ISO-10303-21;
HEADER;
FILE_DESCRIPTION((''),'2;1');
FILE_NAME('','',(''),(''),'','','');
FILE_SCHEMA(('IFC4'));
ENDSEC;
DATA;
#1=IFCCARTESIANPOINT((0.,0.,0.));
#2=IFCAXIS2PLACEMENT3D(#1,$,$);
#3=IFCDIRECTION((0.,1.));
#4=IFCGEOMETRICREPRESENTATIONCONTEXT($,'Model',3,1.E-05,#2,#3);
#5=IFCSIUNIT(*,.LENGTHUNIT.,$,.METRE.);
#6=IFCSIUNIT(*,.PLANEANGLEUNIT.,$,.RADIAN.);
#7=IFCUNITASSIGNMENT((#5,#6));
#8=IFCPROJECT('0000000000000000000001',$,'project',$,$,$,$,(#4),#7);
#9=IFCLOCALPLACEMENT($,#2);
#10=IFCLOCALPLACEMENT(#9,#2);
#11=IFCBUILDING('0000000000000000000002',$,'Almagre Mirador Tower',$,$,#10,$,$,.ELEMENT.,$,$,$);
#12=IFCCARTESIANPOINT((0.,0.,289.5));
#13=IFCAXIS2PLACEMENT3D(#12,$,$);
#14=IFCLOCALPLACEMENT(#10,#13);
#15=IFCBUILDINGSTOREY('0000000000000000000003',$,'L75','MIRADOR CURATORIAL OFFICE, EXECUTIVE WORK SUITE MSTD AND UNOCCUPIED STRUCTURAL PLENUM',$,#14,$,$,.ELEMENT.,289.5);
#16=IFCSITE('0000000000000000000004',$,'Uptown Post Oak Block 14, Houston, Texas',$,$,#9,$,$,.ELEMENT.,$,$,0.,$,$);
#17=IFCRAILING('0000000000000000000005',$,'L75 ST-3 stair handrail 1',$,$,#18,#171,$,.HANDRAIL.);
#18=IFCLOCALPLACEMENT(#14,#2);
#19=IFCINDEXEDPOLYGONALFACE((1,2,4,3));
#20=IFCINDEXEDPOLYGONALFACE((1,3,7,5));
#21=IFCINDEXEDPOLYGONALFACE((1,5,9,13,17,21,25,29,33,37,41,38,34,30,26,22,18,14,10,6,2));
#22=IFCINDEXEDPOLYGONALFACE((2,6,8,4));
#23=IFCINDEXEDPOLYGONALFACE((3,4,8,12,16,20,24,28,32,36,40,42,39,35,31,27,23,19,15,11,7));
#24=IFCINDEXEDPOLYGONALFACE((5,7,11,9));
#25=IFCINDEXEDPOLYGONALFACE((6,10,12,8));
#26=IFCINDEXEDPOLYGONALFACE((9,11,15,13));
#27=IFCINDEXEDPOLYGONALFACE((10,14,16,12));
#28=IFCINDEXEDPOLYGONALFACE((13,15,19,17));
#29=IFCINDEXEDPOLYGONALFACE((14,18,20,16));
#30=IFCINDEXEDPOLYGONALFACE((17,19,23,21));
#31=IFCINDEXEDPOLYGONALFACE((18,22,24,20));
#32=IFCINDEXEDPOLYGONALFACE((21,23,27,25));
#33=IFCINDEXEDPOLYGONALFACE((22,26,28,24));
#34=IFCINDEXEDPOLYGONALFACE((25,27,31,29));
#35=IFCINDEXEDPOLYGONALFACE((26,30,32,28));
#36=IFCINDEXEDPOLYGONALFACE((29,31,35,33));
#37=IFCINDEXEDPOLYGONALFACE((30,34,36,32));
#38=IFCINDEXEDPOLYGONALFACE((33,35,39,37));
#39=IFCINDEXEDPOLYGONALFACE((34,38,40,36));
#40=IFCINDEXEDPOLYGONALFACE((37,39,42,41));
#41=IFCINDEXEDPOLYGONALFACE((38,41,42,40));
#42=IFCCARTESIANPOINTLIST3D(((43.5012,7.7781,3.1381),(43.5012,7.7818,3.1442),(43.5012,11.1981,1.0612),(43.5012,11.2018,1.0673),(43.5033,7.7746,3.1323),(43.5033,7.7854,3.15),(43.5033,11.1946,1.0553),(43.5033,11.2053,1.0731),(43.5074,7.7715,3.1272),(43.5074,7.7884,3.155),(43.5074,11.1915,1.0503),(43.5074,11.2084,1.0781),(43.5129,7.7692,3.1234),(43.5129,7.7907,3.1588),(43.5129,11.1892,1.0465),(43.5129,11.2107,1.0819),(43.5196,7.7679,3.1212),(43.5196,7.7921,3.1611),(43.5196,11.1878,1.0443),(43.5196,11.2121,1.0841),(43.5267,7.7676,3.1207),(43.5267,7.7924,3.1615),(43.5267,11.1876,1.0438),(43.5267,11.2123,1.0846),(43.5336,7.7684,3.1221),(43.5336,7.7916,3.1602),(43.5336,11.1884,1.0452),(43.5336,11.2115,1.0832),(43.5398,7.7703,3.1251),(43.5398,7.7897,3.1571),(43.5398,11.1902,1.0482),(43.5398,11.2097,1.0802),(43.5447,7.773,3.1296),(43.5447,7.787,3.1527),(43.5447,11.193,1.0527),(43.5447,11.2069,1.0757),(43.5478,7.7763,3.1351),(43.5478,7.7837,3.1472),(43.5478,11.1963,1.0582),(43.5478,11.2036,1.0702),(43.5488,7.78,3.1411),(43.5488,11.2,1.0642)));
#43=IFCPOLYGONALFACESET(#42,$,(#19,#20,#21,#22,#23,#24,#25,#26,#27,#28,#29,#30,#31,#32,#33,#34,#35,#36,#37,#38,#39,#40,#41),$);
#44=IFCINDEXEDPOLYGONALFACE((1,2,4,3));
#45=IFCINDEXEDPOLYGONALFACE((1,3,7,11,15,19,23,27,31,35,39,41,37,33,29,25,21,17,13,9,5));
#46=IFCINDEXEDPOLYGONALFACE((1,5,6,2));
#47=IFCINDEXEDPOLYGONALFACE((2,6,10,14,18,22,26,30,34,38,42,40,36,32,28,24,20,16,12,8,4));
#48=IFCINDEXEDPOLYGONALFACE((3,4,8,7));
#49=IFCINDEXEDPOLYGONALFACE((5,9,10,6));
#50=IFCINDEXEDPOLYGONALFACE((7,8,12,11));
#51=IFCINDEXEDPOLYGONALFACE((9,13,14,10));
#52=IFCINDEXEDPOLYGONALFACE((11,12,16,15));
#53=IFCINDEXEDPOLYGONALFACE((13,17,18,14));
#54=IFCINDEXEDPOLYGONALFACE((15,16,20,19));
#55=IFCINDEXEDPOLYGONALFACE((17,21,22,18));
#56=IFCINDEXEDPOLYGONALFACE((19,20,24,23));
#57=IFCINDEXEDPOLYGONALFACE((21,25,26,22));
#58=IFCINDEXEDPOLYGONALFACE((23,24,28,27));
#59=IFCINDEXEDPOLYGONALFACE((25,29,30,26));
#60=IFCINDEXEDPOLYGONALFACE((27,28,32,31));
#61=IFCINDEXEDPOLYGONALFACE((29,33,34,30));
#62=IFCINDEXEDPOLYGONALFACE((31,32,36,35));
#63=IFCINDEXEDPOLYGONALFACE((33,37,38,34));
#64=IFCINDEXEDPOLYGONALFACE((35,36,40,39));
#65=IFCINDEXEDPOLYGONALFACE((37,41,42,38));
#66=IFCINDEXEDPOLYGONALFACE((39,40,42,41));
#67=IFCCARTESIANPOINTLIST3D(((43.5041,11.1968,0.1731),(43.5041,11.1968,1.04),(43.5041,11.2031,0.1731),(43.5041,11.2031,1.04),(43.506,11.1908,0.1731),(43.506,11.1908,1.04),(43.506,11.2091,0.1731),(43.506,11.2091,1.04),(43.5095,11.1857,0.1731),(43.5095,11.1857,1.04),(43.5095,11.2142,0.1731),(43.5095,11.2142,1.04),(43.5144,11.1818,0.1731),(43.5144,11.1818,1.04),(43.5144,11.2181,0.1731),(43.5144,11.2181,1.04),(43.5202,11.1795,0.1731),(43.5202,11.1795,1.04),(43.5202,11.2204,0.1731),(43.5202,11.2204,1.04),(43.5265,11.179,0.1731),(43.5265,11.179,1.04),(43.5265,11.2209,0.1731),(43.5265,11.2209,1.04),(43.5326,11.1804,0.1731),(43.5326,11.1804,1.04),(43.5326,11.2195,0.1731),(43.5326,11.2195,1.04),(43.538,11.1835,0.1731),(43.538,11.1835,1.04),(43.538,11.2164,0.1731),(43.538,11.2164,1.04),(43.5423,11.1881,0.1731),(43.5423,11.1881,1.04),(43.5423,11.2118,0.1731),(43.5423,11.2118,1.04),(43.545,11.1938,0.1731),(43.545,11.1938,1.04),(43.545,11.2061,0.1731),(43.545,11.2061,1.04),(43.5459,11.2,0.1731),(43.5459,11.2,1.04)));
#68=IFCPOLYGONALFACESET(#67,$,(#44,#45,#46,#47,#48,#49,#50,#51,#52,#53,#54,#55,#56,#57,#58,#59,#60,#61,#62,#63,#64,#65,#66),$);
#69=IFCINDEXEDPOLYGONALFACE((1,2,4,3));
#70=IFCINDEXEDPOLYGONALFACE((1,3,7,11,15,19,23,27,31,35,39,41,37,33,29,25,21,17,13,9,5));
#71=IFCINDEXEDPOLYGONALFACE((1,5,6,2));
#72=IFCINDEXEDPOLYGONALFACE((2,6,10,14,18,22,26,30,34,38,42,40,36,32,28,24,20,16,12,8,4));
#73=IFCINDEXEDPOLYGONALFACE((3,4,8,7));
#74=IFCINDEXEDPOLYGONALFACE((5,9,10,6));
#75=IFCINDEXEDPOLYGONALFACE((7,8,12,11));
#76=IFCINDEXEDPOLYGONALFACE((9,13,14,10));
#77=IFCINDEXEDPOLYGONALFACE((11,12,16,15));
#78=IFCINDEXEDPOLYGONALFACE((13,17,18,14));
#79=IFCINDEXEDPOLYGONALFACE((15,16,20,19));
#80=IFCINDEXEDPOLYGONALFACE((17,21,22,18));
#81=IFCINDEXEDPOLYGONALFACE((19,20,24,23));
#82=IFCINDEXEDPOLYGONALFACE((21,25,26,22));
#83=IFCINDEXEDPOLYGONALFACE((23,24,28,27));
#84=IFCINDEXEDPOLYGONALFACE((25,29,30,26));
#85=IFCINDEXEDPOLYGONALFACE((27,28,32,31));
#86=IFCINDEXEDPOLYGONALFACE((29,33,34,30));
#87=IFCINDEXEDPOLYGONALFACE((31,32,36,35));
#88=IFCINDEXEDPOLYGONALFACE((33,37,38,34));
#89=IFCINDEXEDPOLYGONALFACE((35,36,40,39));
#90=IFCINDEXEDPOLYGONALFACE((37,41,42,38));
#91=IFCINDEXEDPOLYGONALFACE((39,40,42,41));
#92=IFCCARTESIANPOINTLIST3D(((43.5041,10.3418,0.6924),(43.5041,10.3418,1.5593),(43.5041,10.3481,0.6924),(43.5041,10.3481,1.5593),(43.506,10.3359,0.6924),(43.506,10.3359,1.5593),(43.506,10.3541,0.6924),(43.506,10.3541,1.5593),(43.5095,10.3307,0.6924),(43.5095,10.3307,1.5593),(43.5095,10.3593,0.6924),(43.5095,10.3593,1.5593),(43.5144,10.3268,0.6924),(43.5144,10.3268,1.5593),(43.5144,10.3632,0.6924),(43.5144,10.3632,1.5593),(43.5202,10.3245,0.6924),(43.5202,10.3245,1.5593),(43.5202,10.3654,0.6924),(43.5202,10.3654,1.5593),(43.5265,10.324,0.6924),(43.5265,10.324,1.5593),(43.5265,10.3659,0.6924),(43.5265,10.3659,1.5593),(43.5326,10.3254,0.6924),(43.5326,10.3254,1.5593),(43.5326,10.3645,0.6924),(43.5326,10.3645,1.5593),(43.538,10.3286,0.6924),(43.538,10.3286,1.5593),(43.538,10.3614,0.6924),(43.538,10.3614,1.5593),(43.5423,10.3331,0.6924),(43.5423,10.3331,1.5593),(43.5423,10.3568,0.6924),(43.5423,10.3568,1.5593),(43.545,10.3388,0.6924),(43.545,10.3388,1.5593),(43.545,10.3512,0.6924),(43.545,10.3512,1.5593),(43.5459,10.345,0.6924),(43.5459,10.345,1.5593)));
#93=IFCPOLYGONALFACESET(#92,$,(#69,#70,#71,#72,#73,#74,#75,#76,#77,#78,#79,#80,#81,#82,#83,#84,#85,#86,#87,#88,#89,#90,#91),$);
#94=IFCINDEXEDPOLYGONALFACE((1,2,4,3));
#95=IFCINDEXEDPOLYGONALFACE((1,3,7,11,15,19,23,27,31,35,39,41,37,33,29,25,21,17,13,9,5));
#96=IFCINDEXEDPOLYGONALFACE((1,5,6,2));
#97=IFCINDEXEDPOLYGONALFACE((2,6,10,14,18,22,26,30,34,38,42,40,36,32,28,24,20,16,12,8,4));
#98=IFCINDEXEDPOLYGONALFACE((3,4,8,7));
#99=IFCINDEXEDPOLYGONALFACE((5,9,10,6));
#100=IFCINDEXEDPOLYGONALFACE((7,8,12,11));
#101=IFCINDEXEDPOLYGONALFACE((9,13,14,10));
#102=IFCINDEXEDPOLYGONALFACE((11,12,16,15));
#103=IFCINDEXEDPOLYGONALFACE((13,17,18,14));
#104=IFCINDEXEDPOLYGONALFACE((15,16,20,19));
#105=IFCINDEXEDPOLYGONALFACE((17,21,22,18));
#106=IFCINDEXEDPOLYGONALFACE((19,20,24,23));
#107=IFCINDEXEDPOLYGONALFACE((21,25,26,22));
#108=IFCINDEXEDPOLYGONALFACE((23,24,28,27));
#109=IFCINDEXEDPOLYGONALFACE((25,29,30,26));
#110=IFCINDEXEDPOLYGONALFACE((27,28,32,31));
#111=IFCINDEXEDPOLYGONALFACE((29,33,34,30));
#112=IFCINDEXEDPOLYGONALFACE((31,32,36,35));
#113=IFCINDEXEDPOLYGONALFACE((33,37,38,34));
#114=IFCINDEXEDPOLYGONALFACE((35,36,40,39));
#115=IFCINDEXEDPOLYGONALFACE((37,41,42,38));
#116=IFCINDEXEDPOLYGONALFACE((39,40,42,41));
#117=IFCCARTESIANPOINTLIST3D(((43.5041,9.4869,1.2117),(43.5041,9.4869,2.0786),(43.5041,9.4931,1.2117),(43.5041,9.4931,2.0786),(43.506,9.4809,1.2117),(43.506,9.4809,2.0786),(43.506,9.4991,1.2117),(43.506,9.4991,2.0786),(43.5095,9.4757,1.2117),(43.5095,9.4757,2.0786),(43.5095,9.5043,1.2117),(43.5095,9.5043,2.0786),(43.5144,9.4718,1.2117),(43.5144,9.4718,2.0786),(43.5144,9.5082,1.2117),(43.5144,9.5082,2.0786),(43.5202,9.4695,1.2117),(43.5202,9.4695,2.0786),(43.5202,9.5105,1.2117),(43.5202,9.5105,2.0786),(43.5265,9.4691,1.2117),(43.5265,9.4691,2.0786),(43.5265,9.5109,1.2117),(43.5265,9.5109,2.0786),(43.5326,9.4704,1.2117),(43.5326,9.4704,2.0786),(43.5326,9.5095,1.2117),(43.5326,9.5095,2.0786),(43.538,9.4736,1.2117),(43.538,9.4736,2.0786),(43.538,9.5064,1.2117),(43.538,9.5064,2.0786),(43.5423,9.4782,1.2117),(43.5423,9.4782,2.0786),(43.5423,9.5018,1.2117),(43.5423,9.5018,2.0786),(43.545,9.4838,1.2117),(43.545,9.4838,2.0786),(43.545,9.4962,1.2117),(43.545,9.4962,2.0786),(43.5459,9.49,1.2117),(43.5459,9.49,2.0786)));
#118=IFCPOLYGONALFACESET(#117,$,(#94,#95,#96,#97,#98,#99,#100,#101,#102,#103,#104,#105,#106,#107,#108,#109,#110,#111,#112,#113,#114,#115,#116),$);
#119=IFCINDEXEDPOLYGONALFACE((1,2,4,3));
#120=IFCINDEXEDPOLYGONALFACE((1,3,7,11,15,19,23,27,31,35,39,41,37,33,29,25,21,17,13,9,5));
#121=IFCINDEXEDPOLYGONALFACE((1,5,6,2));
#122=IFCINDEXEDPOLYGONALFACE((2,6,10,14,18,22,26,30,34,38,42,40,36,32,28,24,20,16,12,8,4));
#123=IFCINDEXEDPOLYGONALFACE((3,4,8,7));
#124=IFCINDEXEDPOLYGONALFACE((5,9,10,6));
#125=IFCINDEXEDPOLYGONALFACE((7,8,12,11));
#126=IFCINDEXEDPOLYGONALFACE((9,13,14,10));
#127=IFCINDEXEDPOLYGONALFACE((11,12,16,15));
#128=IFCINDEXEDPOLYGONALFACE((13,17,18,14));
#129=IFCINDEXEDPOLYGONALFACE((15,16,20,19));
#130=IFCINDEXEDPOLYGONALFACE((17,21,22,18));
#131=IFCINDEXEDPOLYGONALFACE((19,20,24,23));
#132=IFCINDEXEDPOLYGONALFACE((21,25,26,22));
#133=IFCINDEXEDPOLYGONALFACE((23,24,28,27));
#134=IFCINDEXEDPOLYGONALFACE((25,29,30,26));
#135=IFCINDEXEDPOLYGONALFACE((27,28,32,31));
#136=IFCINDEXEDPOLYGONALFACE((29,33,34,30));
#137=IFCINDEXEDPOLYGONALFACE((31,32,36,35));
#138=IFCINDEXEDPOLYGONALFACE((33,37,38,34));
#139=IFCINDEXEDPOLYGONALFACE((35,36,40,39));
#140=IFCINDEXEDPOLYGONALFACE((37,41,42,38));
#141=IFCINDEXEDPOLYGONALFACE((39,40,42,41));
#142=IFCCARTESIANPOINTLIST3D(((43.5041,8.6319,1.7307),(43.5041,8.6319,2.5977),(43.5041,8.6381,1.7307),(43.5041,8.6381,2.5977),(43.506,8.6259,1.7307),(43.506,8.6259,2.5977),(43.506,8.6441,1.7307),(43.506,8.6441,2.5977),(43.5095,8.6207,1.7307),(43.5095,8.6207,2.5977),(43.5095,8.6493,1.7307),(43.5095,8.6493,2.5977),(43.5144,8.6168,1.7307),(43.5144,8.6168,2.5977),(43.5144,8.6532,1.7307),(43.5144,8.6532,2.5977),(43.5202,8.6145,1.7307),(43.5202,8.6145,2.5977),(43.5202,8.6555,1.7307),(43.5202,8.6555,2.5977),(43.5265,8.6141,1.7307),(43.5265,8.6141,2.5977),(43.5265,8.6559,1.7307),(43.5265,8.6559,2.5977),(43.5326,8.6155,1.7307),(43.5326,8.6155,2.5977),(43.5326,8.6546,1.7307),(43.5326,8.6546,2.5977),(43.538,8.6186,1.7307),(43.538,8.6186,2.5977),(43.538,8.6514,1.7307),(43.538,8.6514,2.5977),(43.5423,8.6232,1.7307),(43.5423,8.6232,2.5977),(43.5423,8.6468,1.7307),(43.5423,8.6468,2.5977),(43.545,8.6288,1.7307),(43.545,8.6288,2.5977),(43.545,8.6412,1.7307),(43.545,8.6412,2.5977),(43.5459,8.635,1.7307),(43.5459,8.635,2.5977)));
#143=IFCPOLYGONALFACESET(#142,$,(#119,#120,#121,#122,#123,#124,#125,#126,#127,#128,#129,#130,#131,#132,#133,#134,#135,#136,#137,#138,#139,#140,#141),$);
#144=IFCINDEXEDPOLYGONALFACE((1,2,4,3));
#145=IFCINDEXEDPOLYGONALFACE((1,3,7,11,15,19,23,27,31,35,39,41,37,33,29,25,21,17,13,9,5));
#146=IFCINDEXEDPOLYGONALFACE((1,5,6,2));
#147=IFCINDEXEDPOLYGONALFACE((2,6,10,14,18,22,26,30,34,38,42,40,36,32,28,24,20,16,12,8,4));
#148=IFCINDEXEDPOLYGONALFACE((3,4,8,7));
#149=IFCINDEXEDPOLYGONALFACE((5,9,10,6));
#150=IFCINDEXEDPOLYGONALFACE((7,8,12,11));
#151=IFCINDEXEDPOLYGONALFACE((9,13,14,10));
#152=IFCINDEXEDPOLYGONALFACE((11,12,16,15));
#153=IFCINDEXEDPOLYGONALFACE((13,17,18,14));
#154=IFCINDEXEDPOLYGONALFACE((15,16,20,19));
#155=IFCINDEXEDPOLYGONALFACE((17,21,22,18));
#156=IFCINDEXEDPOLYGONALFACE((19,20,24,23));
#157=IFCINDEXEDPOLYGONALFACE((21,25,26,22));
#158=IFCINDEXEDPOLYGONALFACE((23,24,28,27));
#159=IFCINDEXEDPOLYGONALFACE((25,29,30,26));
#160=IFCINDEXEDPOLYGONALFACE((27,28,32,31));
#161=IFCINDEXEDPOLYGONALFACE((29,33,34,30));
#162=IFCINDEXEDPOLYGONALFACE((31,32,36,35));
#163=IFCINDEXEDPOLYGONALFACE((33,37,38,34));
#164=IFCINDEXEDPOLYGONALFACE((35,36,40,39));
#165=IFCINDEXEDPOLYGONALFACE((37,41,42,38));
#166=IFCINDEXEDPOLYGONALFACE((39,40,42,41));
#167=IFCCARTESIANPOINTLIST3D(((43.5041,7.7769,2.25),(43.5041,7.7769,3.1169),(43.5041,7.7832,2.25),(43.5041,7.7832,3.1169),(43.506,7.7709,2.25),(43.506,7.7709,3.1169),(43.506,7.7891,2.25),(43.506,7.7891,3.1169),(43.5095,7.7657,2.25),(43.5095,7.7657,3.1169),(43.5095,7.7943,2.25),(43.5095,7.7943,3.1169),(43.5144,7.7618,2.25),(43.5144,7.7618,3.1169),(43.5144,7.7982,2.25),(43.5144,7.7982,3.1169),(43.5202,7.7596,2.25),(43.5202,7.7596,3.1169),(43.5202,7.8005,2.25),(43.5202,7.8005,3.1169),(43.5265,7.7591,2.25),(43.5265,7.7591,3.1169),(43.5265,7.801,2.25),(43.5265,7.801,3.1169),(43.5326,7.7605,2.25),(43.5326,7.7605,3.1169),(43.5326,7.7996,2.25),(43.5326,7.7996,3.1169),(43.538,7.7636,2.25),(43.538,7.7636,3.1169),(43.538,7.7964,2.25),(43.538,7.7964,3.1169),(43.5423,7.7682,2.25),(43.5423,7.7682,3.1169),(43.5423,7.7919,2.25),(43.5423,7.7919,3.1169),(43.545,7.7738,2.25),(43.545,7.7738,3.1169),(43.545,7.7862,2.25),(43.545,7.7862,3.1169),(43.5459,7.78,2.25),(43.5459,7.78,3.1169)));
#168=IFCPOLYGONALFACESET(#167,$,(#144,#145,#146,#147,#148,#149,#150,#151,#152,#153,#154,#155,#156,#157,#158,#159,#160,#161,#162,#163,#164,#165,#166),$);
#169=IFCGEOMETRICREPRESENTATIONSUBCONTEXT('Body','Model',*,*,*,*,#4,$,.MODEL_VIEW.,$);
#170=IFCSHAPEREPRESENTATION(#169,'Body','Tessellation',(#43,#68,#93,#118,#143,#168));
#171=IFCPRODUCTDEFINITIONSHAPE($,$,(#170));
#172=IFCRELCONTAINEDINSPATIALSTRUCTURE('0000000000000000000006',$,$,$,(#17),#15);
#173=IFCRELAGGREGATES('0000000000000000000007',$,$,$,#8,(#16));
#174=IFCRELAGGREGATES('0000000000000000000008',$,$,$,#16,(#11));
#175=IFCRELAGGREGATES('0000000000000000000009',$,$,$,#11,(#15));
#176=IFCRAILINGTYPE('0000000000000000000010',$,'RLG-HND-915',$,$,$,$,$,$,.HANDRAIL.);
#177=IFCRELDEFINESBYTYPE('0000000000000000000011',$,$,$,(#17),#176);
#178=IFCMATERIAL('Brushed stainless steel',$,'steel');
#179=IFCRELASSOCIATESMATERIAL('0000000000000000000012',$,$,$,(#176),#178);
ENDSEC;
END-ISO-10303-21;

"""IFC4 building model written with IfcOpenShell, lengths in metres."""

from ifc_helpers import new_model, si_unit, direction, frame, origin, origin_2d, place, context, subcontext, project, spatial, circle, extrude, material, type_object, element, save


model = new_model("IFC4")

# Units and contexts
model_context = context("Model", 3, precision=1e-05, world=origin(), true_north=direction((0.0, 1.0)))
body_context = subcontext(model_context, "Body", "Model", "MODEL_VIEW")
ifc_project = project(units=[si_unit("LENGTHUNIT", "METRE"), si_unit("PLANEANGLEUNIT", "RADIAN")], contexts=[model_context])

# Site, building, storey
site_placement = place(None, origin())
site = spatial("IfcSite", under=ifc_project, at=site_placement, Name="Uptown Post Oak Block 14, Houston, Texas", CompositionType="ELEMENT", RefElevation=0.0)
building_placement = place(site_placement, origin())
building = spatial("IfcBuilding", under=site, at=building_placement, Name="Almagre Mirador Tower", CompositionType="ELEMENT")
storey_placement = place(building_placement, frame((0.0, 0.0, 289.5)))
storey = spatial("IfcBuildingStorey", under=building, at=storey_placement, Name="L75", Description="MIRADOR CURATORIAL OFFICE, EXECUTIVE WORK SUITE MSTD AND UNOCCUPIED STRUCTURAL PLENUM", CompositionType="ELEMENT", Elevation=289.5)

# Railing
ifc_material_1 = material(Name="Brushed stainless steel", Category="steel")
railing_type_1 = type_object("IfcRailingType", Name="RLG-HND-915", PredefinedType="HANDRAIL", material=ifc_material_1)
railing_1_placement = place(storey_placement, frame((43.5249, 11.2, 0.1731)))
element("IfcRailing", 1, at=railing_1_placement, inside=storey, type_object=railing_type_1, Name="L75 ST-3 stair handrail 1", PredefinedType="HANDRAIL", context=body_context, shape_type="SweptSolid", body=[
    extrude(circle(Radius=0.0239, at=origin_2d()), frame((0.0, 0.0, 0.8911), z_axis=(0.0, -0.85473, 0.519074), x_axis=(1.0, 0.0, 0.0)), (0.0, 0.0, 1.0), 4.0012),
    extrude(circle(Radius=0.021, at=origin_2d()), origin(), (0.0, 0.0, 1.0), 0.8669),
    extrude(circle(Radius=0.021, at=origin_2d()), frame((0.0, -0.855, 0.5193)), (0.0, 0.0, 1.0), 0.8669),
    extrude(circle(Radius=0.021, at=origin_2d()), frame((0.0, -1.71, 1.0386)), (0.0, 0.0, 1.0), 0.8669),
    extrude(circle(Radius=0.021, at=origin_2d()), frame((0.0, -2.5649, 1.5576)), (0.0, 0.0, 1.0), 0.8669),
    extrude(circle(Radius=0.021, at=origin_2d()), frame((0.0, -3.4199, 2.0769)), (0.0, 0.0, 1.0), 0.8669),
])

save(model, "model.ifc")
